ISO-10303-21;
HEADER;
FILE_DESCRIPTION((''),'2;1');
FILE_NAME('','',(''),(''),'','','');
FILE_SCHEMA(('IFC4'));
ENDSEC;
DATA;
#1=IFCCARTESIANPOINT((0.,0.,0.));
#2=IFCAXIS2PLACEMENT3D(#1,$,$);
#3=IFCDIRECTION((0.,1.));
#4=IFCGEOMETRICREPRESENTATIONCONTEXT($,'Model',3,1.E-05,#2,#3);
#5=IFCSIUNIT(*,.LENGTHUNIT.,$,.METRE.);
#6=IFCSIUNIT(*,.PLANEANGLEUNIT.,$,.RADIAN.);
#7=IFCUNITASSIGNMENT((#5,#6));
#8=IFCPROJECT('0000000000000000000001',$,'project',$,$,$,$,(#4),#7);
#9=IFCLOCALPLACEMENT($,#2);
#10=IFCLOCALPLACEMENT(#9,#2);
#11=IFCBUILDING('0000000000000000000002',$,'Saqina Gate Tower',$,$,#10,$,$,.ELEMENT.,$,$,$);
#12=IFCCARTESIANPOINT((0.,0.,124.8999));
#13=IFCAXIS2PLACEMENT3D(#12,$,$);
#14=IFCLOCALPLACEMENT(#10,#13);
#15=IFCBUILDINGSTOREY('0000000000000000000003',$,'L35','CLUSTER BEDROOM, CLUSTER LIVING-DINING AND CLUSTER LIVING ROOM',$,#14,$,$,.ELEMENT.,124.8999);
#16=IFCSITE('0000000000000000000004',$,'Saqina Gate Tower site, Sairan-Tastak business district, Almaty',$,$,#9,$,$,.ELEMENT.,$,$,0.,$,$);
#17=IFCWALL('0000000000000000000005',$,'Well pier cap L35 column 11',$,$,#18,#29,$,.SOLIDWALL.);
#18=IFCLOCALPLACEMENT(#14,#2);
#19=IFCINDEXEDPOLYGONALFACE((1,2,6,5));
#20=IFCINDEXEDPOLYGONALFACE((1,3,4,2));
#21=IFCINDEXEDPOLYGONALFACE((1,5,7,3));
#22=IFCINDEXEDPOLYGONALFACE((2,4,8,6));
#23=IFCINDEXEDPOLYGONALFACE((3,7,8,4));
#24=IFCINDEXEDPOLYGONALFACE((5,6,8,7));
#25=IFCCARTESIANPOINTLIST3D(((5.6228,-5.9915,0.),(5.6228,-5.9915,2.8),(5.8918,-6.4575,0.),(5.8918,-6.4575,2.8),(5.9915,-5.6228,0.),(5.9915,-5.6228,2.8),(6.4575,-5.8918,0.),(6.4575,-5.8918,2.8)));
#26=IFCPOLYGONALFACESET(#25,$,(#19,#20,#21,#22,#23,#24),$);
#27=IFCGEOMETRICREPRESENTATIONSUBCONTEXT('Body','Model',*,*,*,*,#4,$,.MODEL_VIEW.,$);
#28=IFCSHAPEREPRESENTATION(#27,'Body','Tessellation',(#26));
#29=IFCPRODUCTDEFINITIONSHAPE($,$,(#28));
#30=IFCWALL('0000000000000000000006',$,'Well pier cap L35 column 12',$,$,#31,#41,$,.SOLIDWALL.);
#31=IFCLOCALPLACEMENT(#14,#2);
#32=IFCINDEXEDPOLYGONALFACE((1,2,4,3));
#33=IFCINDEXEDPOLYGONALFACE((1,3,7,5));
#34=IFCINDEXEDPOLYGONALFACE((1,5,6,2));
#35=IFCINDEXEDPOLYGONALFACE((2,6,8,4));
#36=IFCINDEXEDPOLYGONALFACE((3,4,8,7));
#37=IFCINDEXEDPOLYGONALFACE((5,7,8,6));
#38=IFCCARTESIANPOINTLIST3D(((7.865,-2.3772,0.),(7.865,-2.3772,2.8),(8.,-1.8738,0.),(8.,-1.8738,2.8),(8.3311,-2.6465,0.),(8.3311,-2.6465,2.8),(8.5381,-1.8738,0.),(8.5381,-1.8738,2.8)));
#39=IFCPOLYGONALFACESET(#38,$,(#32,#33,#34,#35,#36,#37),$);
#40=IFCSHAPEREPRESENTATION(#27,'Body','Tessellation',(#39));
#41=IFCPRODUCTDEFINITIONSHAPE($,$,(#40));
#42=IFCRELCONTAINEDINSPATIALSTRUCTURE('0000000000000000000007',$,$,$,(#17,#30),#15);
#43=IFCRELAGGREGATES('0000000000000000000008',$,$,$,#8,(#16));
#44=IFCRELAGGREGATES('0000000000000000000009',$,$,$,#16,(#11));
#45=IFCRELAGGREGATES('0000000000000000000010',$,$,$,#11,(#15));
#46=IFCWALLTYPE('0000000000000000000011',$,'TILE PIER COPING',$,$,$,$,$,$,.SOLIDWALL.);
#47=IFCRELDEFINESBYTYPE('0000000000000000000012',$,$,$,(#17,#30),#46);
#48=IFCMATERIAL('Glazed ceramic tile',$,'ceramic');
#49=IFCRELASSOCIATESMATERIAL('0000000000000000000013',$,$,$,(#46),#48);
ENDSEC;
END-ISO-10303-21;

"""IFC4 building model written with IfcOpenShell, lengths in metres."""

from ifc_helpers import new_model, si_unit, direction, frame, origin, place, context, subcontext, project, spatial, polyline, outline, extrude, material, type_object, element, save


model = new_model("IFC4")

# Units and contexts
model_context = context("Model", 3, precision=1e-05, world=origin(), true_north=direction((0.0, 1.0)))
body_context = subcontext(model_context, "Body", "Model", "MODEL_VIEW")
ifc_project = project(units=[si_unit("LENGTHUNIT", "METRE"), si_unit("PLANEANGLEUNIT", "RADIAN")], contexts=[model_context])

# Site, building, storey
site_placement = place(None, origin())
site = spatial("IfcSite", under=ifc_project, at=site_placement, Name="Saqina Gate Tower site, Sairan-Tastak business district, Almaty", CompositionType="ELEMENT", RefElevation=0.0)
building_placement = place(site_placement, origin())
building = spatial("IfcBuilding", under=site, at=building_placement, Name="Saqina Gate Tower", CompositionType="ELEMENT")
storey_placement = place(building_placement, frame((0.0, 0.0, 124.8999)))
storey = spatial("IfcBuildingStorey", under=building, at=storey_placement, Name="L35", Description="CLUSTER BEDROOM, CLUSTER LIVING-DINING AND CLUSTER LIVING ROOM", CompositionType="ELEMENT", Elevation=124.8999)

# Walls
ifc_material_1 = material(Name="Glazed ceramic tile", Category="ceramic")
wall_type_1 = type_object("IfcWallType", Name="TILE PIER COPING", PredefinedType="SOLIDWALL", material=ifc_material_1)
wall_1_placement = place(storey_placement, origin())
element("IfcWall", 1, at=wall_1_placement, inside=storey, type_object=wall_type_1, Name="Well pier cap L35 column 11", PredefinedType="SOLIDWALL", context=body_context, shape_type="SweptSolid", body=[
    extrude(outline(polyline([(5.8918, -6.4575), (6.4575, -5.8918), (5.9915, -5.6228), (5.6228, -5.9915), (5.8918, -6.4575)])), origin(), (0.0, 0.0, 1.0), 2.8),
])
wall_2_placement = place(storey_placement, origin())
element("IfcWall", 2, at=wall_2_placement, inside=storey, type_object=wall_type_1, Name="Well pier cap L35 column 12", PredefinedType="SOLIDWALL", context=body_context, shape_type="SweptSolid", body=[
    extrude(outline(polyline([(8.5381, -1.8738), (8.0, -1.8738), (7.865, -2.3772), (8.3311, -2.6465), (8.5381, -1.8738)])), origin(), (0.0, 0.0, 1.0), 2.8),
])

save(model, "model.ifc")
